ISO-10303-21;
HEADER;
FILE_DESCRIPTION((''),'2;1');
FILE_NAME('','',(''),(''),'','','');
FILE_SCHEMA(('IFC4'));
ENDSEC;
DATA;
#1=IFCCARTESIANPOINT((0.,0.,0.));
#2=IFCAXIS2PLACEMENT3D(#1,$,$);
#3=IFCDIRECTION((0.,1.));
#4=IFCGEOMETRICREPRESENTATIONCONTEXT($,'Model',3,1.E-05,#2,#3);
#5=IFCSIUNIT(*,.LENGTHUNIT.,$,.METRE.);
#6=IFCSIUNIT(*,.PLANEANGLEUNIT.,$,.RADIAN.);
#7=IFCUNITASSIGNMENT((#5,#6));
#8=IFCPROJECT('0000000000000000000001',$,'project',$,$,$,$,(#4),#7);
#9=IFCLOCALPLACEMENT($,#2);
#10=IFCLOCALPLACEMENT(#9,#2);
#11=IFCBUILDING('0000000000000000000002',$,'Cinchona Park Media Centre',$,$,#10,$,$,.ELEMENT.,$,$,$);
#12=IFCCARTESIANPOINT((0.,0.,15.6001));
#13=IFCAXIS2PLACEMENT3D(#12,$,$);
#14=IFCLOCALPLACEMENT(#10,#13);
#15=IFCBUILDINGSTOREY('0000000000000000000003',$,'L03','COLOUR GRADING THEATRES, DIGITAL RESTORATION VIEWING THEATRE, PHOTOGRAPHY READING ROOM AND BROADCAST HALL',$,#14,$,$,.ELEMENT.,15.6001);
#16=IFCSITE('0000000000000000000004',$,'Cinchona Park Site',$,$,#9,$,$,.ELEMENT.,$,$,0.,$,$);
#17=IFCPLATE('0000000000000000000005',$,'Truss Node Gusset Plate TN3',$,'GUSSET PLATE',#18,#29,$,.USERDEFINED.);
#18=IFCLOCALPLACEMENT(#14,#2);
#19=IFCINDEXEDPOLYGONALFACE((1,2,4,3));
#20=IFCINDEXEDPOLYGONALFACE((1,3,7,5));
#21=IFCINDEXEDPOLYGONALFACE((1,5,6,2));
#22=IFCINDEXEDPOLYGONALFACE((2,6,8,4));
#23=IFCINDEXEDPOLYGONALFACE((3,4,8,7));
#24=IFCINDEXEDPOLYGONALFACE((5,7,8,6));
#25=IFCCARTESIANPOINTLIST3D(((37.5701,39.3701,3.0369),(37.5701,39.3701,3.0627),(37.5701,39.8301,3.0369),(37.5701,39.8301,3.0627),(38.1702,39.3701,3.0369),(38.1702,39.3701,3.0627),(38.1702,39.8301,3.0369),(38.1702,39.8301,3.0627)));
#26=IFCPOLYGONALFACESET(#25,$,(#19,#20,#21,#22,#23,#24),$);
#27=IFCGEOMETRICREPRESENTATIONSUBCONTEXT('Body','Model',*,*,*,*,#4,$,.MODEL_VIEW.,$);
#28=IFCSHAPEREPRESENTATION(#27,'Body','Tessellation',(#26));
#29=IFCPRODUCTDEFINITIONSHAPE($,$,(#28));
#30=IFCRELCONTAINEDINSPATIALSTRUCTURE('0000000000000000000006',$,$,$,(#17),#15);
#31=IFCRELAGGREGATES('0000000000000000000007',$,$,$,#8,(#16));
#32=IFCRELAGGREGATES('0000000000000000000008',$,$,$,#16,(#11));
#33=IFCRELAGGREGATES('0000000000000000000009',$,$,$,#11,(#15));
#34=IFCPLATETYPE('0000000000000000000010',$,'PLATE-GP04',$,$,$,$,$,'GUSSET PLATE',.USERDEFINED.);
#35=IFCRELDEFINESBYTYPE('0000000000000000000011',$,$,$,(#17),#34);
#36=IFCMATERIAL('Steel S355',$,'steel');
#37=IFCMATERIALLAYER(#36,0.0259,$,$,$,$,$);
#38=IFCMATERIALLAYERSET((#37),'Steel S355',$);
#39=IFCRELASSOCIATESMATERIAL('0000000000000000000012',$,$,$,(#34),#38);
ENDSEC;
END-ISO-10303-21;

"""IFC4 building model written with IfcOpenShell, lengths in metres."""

from ifc_helpers import new_model, si_unit, direction, frame, origin, origin_2d, place, context, subcontext, project, spatial, rectangle, extrude, material, layer, layer_set, type_object, element, save


model = new_model("IFC4")

# Units and contexts
model_context = context("Model", 3, precision=1e-05, world=origin(), true_north=direction((0.0, 1.0)))
body_context = subcontext(model_context, "Body", "Model", "MODEL_VIEW")
ifc_project = project(units=[si_unit("LENGTHUNIT", "METRE"), si_unit("PLANEANGLEUNIT", "RADIAN")], contexts=[model_context])

# Site, building, storey
site_placement = place(None, origin())
site = spatial("IfcSite", under=ifc_project, at=site_placement, Name="Cinchona Park Site", CompositionType="ELEMENT", RefElevation=0.0)
building_placement = place(site_placement, origin())
building = spatial("IfcBuilding", under=site, at=building_placement, Name="Cinchona Park Media Centre", CompositionType="ELEMENT")
storey_placement = place(building_placement, frame((0.0, 0.0, 15.6001)))
storey = spatial("IfcBuildingStorey", under=building, at=storey_placement, Name="L03", Description="COLOUR GRADING THEATRES, DIGITAL RESTORATION VIEWING THEATRE, PHOTOGRAPHY READING ROOM AND BROADCAST HALL", CompositionType="ELEMENT", Elevation=15.6001)

# Plate
ifc_material_1 = material(Name="Steel S355", Category="steel")
ifc_layer_1 = layer(ifc_material_1, 0.0259)
ifc_layer_set_1 = layer_set([ifc_layer_1], Name="Steel S355")
plate_type_1 = type_object("IfcPlateType", Name="PLATE-GP04", ElementType="GUSSET PLATE", PredefinedType="USERDEFINED", material=ifc_layer_set_1)
for number, where, z_axis, x_axis, name in (
    (1, (37.8701, 39.6001, 3.0369), (0.0, 0.0, 1.0), (1.0, 0.0, 0.0), "Truss Node Gusset Plate TN3"),
):
    element("IfcPlate", number, at=place(storey_placement, frame(where, z_axis=z_axis, x_axis=x_axis)), inside=storey, type_object=plate_type_1, Name=name, ObjectType="GUSSET PLATE", PredefinedType="USERDEFINED", context=body_context, shape_type="SweptSolid", body=[
        extrude(rectangle(XDim=0.6001, YDim=0.46, at=origin_2d()), origin(), (0.0, 0.0, 1.0), 0.0259),
    ])

save(model, "model.ifc")
